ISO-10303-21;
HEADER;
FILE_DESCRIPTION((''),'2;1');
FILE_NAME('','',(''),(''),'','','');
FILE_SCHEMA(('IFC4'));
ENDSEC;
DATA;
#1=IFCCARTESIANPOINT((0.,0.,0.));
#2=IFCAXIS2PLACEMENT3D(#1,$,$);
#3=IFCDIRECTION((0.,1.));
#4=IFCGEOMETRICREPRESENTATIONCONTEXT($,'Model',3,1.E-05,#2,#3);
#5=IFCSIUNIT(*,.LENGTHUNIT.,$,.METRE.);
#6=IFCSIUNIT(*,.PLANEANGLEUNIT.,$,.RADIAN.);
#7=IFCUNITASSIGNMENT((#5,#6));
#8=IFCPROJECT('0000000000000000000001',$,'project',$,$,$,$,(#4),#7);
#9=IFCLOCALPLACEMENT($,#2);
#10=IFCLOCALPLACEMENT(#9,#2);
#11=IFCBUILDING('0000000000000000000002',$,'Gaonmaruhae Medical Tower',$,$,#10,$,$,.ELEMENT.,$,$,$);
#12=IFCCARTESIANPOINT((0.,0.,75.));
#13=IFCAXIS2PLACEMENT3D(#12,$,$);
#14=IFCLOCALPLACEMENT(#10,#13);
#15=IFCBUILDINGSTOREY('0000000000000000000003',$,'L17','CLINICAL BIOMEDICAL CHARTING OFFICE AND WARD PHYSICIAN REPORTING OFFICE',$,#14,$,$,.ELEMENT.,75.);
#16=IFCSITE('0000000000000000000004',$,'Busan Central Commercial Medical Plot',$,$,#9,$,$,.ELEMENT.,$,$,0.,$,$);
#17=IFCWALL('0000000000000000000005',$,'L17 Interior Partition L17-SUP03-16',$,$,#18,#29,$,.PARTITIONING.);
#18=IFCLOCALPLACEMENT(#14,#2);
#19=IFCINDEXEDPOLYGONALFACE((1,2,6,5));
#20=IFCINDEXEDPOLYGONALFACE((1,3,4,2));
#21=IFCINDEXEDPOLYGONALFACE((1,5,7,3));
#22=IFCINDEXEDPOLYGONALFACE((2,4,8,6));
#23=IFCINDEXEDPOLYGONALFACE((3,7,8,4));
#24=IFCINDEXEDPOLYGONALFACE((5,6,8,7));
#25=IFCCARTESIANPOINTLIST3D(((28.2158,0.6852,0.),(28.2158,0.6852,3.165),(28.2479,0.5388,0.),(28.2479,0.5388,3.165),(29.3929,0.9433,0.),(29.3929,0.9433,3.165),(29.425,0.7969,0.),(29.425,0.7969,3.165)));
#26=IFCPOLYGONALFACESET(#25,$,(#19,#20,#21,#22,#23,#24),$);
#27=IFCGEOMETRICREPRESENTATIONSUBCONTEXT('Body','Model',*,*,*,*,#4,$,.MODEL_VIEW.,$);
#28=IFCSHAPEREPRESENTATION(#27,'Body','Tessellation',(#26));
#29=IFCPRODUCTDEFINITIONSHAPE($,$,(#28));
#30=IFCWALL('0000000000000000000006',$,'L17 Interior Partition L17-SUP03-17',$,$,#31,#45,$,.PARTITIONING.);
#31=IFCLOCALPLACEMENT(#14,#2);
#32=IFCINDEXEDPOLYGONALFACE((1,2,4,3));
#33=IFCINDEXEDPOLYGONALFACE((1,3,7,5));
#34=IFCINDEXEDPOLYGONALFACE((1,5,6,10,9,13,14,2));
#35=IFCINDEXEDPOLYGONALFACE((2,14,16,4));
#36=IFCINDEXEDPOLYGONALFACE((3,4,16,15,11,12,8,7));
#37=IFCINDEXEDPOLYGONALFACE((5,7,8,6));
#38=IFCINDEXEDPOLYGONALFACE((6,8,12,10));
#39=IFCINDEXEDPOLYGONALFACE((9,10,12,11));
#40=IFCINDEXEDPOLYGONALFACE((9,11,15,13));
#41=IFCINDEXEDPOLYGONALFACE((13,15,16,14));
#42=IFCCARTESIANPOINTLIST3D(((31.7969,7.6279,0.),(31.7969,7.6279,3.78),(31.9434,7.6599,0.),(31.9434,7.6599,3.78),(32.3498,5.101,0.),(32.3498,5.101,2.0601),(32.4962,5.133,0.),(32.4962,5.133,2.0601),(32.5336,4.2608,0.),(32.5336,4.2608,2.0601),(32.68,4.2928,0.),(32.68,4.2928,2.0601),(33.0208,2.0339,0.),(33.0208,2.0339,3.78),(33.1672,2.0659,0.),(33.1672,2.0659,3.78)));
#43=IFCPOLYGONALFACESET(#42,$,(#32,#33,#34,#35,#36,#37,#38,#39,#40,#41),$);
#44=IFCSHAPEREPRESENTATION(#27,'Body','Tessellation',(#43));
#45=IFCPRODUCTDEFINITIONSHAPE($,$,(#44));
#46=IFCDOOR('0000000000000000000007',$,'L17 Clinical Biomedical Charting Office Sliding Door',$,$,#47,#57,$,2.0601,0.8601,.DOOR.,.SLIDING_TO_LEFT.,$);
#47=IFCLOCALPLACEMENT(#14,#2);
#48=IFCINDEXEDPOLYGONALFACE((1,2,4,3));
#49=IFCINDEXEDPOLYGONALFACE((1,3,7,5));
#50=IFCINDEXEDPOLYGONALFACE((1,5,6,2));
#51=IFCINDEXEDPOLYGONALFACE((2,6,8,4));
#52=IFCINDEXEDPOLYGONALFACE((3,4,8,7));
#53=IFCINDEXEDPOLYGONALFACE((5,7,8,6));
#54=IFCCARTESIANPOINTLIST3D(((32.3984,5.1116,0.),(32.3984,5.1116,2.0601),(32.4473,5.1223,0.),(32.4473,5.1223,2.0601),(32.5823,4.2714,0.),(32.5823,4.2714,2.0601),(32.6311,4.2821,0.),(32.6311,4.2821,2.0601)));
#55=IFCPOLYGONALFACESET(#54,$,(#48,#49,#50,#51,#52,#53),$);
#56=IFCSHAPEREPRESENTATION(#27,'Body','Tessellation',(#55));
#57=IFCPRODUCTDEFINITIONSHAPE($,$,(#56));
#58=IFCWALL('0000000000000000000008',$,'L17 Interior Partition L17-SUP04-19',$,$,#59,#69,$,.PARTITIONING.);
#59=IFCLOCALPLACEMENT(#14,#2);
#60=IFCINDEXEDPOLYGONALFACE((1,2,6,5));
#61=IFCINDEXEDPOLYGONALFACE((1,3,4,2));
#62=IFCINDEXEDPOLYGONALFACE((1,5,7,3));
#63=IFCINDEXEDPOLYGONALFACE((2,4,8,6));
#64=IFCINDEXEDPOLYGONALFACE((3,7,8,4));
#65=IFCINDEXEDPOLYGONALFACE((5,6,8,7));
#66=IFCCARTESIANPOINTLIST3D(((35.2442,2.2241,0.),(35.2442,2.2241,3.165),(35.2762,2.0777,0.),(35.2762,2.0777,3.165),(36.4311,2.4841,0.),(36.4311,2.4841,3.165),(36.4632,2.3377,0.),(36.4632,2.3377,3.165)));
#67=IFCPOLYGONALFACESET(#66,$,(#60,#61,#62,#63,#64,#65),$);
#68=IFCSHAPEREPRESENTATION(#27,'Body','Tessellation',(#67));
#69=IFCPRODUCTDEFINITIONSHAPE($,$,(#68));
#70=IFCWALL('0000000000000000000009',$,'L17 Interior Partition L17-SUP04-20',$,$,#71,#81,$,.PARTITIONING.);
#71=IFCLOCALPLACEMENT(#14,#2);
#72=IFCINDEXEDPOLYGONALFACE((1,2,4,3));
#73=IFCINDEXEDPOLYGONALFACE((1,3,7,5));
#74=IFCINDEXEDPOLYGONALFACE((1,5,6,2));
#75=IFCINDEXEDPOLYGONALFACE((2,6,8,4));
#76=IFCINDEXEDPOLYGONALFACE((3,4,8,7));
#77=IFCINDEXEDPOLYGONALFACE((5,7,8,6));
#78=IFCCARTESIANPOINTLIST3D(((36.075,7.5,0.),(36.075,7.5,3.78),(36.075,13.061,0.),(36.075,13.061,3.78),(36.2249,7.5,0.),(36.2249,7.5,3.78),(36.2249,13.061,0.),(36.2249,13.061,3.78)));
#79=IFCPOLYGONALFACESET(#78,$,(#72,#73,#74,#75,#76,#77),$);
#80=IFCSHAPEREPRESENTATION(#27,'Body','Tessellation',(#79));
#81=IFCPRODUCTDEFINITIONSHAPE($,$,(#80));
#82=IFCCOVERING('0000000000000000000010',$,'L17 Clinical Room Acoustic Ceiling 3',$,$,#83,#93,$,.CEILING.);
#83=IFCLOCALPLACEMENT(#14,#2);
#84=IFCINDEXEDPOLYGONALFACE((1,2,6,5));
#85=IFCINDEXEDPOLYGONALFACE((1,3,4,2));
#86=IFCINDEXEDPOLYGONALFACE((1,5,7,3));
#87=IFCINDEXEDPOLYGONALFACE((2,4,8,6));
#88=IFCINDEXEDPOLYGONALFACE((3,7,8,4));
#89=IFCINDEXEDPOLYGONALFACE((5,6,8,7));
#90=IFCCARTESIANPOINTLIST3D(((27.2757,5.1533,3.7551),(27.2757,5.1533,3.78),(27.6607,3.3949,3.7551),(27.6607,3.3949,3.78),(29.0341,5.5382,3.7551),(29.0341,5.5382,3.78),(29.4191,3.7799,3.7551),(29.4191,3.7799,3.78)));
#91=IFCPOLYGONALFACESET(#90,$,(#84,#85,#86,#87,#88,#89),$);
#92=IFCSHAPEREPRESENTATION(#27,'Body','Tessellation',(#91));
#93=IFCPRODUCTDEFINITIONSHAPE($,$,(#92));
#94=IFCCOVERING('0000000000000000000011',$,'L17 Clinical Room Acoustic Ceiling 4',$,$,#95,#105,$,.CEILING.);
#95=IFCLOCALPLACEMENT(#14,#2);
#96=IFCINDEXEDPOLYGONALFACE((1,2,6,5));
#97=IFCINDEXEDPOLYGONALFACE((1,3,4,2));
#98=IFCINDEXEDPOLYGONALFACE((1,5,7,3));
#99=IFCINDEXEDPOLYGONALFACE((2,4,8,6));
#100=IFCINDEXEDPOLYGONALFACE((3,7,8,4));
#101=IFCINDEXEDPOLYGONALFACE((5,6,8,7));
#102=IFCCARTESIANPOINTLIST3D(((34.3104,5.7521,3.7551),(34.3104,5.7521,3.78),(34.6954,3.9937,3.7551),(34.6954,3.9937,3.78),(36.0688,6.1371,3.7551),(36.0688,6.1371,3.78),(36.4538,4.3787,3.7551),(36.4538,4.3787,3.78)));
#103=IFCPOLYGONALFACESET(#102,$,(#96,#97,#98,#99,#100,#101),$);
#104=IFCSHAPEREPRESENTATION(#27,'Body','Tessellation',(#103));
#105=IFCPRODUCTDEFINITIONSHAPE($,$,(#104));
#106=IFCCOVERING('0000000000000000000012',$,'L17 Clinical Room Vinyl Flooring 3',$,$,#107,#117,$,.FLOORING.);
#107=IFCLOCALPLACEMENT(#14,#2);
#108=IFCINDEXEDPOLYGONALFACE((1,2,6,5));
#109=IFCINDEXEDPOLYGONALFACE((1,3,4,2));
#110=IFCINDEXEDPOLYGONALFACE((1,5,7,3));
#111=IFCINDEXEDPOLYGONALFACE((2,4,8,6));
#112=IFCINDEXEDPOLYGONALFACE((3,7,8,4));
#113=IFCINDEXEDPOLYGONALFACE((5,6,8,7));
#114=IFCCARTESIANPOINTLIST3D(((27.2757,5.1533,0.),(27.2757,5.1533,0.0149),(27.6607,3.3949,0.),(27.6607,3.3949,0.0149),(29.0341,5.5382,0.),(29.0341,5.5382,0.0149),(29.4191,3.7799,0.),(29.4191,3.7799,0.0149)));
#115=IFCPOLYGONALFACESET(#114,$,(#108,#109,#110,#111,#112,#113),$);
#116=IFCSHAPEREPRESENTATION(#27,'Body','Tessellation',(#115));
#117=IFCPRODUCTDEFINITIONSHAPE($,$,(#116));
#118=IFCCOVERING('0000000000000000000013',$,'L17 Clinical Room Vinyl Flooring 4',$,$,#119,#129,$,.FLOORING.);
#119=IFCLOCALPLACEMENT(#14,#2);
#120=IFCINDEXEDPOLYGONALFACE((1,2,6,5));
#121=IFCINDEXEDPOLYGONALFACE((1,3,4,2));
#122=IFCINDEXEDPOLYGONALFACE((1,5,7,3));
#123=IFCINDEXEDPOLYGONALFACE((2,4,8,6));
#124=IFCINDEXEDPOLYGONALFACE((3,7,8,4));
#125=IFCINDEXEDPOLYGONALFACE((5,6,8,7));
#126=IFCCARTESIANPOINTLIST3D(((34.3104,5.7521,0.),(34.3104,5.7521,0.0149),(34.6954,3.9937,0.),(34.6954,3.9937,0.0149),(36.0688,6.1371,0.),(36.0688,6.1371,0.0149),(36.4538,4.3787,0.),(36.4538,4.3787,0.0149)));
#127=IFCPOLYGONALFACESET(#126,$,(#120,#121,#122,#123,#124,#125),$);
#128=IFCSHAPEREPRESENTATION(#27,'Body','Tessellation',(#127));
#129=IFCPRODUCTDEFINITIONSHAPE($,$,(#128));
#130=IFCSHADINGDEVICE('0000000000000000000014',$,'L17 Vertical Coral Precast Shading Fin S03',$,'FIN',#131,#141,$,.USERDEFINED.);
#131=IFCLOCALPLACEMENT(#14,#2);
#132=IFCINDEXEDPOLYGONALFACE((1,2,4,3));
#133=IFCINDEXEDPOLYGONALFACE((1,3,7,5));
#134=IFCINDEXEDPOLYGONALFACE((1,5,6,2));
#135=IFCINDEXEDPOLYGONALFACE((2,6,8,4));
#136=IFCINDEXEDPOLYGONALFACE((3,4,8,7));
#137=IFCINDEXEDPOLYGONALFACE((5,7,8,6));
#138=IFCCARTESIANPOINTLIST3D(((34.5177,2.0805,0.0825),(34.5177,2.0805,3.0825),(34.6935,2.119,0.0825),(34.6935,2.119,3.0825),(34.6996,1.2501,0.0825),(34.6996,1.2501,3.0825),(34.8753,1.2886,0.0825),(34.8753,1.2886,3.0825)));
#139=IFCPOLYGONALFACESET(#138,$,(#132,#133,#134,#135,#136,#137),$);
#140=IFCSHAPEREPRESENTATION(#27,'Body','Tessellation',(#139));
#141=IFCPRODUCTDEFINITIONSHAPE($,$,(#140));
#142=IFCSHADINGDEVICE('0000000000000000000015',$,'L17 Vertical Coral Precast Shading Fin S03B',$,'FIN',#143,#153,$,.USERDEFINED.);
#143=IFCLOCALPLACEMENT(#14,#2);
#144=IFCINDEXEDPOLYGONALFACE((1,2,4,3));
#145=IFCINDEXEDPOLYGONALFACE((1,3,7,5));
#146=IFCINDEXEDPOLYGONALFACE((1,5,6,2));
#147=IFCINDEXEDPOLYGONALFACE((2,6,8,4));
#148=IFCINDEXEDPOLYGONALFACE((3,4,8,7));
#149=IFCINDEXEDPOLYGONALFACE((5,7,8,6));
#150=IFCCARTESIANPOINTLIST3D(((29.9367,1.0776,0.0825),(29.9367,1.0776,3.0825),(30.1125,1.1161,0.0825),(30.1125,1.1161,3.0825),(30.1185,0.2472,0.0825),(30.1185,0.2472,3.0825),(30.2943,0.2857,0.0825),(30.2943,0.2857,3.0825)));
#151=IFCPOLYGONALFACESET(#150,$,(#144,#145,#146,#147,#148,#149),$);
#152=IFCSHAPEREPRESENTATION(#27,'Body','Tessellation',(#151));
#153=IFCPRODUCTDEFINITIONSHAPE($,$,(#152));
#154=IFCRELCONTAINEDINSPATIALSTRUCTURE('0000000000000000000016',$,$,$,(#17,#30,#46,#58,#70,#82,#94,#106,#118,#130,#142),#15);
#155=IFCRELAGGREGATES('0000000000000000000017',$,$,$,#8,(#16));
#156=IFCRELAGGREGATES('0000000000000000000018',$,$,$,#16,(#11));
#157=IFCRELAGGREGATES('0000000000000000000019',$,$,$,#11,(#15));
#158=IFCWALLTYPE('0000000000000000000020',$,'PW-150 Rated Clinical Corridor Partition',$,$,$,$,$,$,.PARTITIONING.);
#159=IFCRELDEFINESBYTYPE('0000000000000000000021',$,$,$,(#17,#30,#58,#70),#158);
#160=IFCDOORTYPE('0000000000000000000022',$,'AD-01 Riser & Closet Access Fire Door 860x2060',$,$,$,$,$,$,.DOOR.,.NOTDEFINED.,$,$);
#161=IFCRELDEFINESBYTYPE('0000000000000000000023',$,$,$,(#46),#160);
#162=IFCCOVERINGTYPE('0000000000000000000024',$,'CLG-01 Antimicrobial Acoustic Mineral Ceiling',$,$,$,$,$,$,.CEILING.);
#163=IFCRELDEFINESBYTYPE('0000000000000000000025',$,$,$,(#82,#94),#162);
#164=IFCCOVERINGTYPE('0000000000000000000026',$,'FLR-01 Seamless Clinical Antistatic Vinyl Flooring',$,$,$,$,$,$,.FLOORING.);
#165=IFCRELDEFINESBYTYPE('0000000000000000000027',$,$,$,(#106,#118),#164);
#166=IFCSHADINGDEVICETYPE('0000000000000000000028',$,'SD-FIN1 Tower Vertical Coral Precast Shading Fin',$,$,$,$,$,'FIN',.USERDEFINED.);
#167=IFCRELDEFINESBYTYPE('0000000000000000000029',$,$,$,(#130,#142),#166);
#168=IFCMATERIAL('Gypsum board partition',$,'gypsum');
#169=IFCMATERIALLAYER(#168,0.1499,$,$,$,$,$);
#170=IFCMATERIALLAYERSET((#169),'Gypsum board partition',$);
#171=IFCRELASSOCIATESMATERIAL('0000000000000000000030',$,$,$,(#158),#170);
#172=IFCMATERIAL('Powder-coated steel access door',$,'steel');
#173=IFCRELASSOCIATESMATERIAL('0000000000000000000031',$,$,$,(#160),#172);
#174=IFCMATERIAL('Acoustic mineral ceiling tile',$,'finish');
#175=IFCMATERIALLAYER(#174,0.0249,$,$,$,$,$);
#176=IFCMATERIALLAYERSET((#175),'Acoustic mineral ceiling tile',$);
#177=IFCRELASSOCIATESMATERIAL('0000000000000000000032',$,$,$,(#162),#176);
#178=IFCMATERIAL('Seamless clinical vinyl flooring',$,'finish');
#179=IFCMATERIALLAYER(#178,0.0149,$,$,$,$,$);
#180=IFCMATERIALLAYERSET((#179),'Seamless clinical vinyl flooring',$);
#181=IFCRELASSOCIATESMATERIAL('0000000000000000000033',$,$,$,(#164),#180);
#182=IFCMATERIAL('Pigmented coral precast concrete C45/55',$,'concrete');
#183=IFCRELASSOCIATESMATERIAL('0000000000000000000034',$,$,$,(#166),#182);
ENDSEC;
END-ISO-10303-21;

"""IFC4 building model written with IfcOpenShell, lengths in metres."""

from ifc_helpers import new_model, si_unit, direction, frame, frame_2d, origin, origin_2d, place, context, subcontext, project, spatial, rectangle, extrude, material, layer, layer_set, type_object, element, fill, save


model = new_model("IFC4")

# Units and contexts
model_context = context("Model", 3, precision=1e-05, world=origin(), true_north=direction((0.0, 1.0)))
body_context = subcontext(model_context, "Body", "Model", "MODEL_VIEW")
ifc_project = project(units=[si_unit("LENGTHUNIT", "METRE"), si_unit("PLANEANGLEUNIT", "RADIAN")], contexts=[model_context])

# Site, building, storey
site_placement = place(None, origin())
site = spatial("IfcSite", under=ifc_project, at=site_placement, Name="Busan Central Commercial Medical Plot", CompositionType="ELEMENT", RefElevation=0.0)
building_placement = place(site_placement, origin())
building = spatial("IfcBuilding", under=site, at=building_placement, Name="Gaonmaruhae Medical Tower", CompositionType="ELEMENT")
storey_placement = place(building_placement, frame((0.0, 0.0, 75.0)))
storey = spatial("IfcBuildingStorey", under=building, at=storey_placement, Name="L17", Description="CLINICAL BIOMEDICAL CHARTING OFFICE AND WARD PHYSICIAN REPORTING OFFICE", CompositionType="ELEMENT", Elevation=75.0)

# Wall
ifc_material_1 = material(Name="Gypsum board partition", Category="gypsum")
ifc_layer_1 = layer(ifc_material_1, 0.1499)
ifc_layer_set_1 = layer_set([ifc_layer_1], Name="Gypsum board partition")
wall_type_1 = type_object("IfcWallType", Name="PW-150 Rated Clinical Corridor Partition", PredefinedType="PARTITIONING", material=ifc_layer_set_1)
wall_1_placement = place(storey_placement, frame((29.4089, 0.8701, 0.0), z_axis=(0.0, 0.0, 1.0), x_axis=(-0.976798, -0.214162, 0.0)))
element("IfcWall", 1, at=wall_1_placement, inside=storey, type_object=wall_type_1, Name="L17 Interior Partition L17-SUP03-16", PredefinedType="PARTITIONING", context=body_context, shape_type="SweptSolid", body=[
    extrude(rectangle(XDim=1.2051, YDim=0.1499, at=frame_2d((0.6025, 0.0))), origin(), (0.0, 0.0, 1.0), 3.165),
])

# Wall, opening, door
wall_2_placement = place(storey_placement, frame((31.8701, 7.644, 0.0), z_axis=(0.0, 0.0, 1.0), x_axis=(0.213729, -0.976893, 0.0)))
wall_2 = element("IfcWall", 2, at=wall_2_placement, inside=storey, type_object=wall_type_1, Name="L17 Interior Partition L17-SUP03-17", PredefinedType="PARTITIONING", context=body_context, shape_type="SweptSolid", body=[
    extrude(rectangle(XDim=5.7263, YDim=0.1499, at=frame_2d((2.8633, 0.0))), origin(), (0.0, 0.0, 1.0), 3.78),
])
opening_1_placement = place(wall_2_placement, frame((2.5867, 0.0, 0.0)))
opening_1 = element("IfcOpeningElement", 3, at=opening_1_placement, cuts=wall_2, PredefinedType="OPENING", context=body_context, shape_type="SweptSolid", body=[
    extrude(rectangle(XDim=0.8601, YDim=2.0601, at=frame_2d((0.4302, 1.03))), frame((0.0, 0.085, 0.0), z_axis=(0.0, -1.0, 0.0), x_axis=(1.0, 0.0, 0.0)), (0.0, 0.0, 1.0), 0.1699),
])
ifc_material_2 = material(Name="Powder-coated steel access door", Category="steel")
door_type = type_object("IfcDoorType", Name="AD-01 Riser & Closet Access Fire Door 860x2060", OperationType="NOTDEFINED", PredefinedType="DOOR", material=ifc_material_2)
door_placement = place(opening_1_placement, origin())
door = element("IfcDoor", 4, at=door_placement, inside=storey, type_object=door_type, Name="L17 Clinical Biomedical Charting Office Sliding Door", OperationType="SLIDING_TO_LEFT", OverallHeight=2.0601, OverallWidth=0.8601, PredefinedType="DOOR", context=body_context, shape_type="SweptSolid", body=[
    extrude(rectangle(XDim=0.8601, YDim=2.0601, at=frame_2d((0.4302, 1.03))), frame((0.0, 0.0249, 0.0), z_axis=(0.0, -1.0, 0.0), x_axis=(1.0, 0.0, 0.0)), (0.0, 0.0, 1.0), 0.05),
])
fill(opening_1, door)

# Walls
wall_3_placement = place(storey_placement, frame((36.447, 2.4109, 0.0), z_axis=(0.0, 0.0, 1.0), x_axis=(-0.97684, -0.213972, 0.0)))
element("IfcWall", 5, at=wall_3_placement, inside=storey, type_object=wall_type_1, Name="L17 Interior Partition L17-SUP04-19", PredefinedType="PARTITIONING", context=body_context, shape_type="SweptSolid", body=[
    extrude(rectangle(XDim=1.2151, YDim=0.1499, at=frame_2d((0.6074, 0.0))), origin(), (0.0, 0.0, 1.0), 3.165),
])
wall_4_placement = place(storey_placement, frame((36.1499, 7.5, 0.0), z_axis=(0.0, 0.0, 1.0), x_axis=(0.0, 1.0, 0.0)))
element("IfcWall", 6, at=wall_4_placement, inside=storey, type_object=wall_type_1, Name="L17 Interior Partition L17-SUP04-20", PredefinedType="PARTITIONING", context=body_context, shape_type="SweptSolid", body=[
    extrude(rectangle(XDim=5.561, YDim=0.1499, at=frame_2d((2.7805, 0.0))), origin(), (0.0, 0.0, 1.0), 3.78),
])

# Coverings
ifc_material_3 = material(Name="Acoustic mineral ceiling tile", Category="finish")
ifc_layer_2 = layer(ifc_material_3, 0.0249)
ifc_layer_set_2 = layer_set([ifc_layer_2], Name="Acoustic mineral ceiling tile")
covering_type_1 = type_object("IfcCoveringType", Name="CLG-01 Antimicrobial Acoustic Mineral Ceiling", PredefinedType="CEILING", material=ifc_layer_set_2)
for number, where, z_axis, x_axis, name in (
    (7, (28.3474, 4.4666, 3.7551), (0.0, 0.0, 1.0), (0.976859, 0.213883, 0.0), "L17 Clinical Room Acoustic Ceiling 3"),
    (8, (35.3821, 5.0654, 3.7551), (0.0, 0.0, 1.0), (0.976859, 0.213883, 0.0), "L17 Clinical Room Acoustic Ceiling 4"),
):
    element("IfcCovering", number, at=place(storey_placement, frame(where, z_axis=z_axis, x_axis=x_axis)), inside=storey, type_object=covering_type_1, Name=name, PredefinedType="CEILING", context=body_context, shape_type="SweptSolid", body=[
        extrude(rectangle(XDim=1.8, YDim=1.8, at=origin_2d()), origin(), (0.0, 0.0, 1.0), 0.0249),
    ])
ifc_material_4 = material(Name="Seamless clinical vinyl flooring", Category="finish")
ifc_layer_3 = layer(ifc_material_4, 0.0149)
ifc_layer_set_3 = layer_set([ifc_layer_3], Name="Seamless clinical vinyl flooring")
covering_type_2 = type_object("IfcCoveringType", Name="FLR-01 Seamless Clinical Antistatic Vinyl Flooring", PredefinedType="FLOORING", material=ifc_layer_set_3)
for number, where, z_axis, x_axis, name in (
    (9, (28.3474, 4.4666, 0.0), (0.0, 0.0, 1.0), (0.976859, 0.213883, 0.0), "L17 Clinical Room Vinyl Flooring 3"),
    (10, (35.3821, 5.0654, 0.0), (0.0, 0.0, 1.0), (0.976859, 0.213883, 0.0), "L17 Clinical Room Vinyl Flooring 4"),
):
    element("IfcCovering", number, at=place(storey_placement, frame(where, z_axis=z_axis, x_axis=x_axis)), inside=storey, type_object=covering_type_2, Name=name, PredefinedType="FLOORING", context=body_context, shape_type="SweptSolid", body=[
        extrude(rectangle(XDim=1.8, YDim=1.8, at=origin_2d()), origin(), (0.0, 0.0, 1.0), 0.0149),
    ])

# Shading devices
ifc_material_5 = material(Name="Pigmented coral precast concrete C45/55", Category="concrete")
shading_device_type = type_object("IfcShadingDeviceType", Name="SD-FIN1 Tower Vertical Coral Precast Shading Fin", ElementType="FIN", PredefinedType="USERDEFINED", material=ifc_material_5)
for number, where, z_axis, x_axis, name in (
    (11, (34.6965, 1.6846, 0.0825), (0.0, 0.0, 1.0), (-0.976859, -0.213883, 0.0), "L17 Vertical Coral Precast Shading Fin S03"),
    (12, (30.1155, 0.6816, 0.0825), (0.0, 0.0, 1.0), (-0.976859, -0.213883, 0.0), "L17 Vertical Coral Precast Shading Fin S03B"),
):
    element("IfcShadingDevice", number, at=place(storey_placement, frame(where, z_axis=z_axis, x_axis=x_axis)), inside=storey, type_object=shading_device_type, Name=name, ObjectType="FIN", PredefinedType="USERDEFINED", context=body_context, shape_type="SweptSolid", body=[
        extrude(rectangle(XDim=0.1799, YDim=0.8501, at=origin_2d()), origin(), (0.0, 0.0, 1.0), 3.0),
    ])

save(model, "model.ifc")
